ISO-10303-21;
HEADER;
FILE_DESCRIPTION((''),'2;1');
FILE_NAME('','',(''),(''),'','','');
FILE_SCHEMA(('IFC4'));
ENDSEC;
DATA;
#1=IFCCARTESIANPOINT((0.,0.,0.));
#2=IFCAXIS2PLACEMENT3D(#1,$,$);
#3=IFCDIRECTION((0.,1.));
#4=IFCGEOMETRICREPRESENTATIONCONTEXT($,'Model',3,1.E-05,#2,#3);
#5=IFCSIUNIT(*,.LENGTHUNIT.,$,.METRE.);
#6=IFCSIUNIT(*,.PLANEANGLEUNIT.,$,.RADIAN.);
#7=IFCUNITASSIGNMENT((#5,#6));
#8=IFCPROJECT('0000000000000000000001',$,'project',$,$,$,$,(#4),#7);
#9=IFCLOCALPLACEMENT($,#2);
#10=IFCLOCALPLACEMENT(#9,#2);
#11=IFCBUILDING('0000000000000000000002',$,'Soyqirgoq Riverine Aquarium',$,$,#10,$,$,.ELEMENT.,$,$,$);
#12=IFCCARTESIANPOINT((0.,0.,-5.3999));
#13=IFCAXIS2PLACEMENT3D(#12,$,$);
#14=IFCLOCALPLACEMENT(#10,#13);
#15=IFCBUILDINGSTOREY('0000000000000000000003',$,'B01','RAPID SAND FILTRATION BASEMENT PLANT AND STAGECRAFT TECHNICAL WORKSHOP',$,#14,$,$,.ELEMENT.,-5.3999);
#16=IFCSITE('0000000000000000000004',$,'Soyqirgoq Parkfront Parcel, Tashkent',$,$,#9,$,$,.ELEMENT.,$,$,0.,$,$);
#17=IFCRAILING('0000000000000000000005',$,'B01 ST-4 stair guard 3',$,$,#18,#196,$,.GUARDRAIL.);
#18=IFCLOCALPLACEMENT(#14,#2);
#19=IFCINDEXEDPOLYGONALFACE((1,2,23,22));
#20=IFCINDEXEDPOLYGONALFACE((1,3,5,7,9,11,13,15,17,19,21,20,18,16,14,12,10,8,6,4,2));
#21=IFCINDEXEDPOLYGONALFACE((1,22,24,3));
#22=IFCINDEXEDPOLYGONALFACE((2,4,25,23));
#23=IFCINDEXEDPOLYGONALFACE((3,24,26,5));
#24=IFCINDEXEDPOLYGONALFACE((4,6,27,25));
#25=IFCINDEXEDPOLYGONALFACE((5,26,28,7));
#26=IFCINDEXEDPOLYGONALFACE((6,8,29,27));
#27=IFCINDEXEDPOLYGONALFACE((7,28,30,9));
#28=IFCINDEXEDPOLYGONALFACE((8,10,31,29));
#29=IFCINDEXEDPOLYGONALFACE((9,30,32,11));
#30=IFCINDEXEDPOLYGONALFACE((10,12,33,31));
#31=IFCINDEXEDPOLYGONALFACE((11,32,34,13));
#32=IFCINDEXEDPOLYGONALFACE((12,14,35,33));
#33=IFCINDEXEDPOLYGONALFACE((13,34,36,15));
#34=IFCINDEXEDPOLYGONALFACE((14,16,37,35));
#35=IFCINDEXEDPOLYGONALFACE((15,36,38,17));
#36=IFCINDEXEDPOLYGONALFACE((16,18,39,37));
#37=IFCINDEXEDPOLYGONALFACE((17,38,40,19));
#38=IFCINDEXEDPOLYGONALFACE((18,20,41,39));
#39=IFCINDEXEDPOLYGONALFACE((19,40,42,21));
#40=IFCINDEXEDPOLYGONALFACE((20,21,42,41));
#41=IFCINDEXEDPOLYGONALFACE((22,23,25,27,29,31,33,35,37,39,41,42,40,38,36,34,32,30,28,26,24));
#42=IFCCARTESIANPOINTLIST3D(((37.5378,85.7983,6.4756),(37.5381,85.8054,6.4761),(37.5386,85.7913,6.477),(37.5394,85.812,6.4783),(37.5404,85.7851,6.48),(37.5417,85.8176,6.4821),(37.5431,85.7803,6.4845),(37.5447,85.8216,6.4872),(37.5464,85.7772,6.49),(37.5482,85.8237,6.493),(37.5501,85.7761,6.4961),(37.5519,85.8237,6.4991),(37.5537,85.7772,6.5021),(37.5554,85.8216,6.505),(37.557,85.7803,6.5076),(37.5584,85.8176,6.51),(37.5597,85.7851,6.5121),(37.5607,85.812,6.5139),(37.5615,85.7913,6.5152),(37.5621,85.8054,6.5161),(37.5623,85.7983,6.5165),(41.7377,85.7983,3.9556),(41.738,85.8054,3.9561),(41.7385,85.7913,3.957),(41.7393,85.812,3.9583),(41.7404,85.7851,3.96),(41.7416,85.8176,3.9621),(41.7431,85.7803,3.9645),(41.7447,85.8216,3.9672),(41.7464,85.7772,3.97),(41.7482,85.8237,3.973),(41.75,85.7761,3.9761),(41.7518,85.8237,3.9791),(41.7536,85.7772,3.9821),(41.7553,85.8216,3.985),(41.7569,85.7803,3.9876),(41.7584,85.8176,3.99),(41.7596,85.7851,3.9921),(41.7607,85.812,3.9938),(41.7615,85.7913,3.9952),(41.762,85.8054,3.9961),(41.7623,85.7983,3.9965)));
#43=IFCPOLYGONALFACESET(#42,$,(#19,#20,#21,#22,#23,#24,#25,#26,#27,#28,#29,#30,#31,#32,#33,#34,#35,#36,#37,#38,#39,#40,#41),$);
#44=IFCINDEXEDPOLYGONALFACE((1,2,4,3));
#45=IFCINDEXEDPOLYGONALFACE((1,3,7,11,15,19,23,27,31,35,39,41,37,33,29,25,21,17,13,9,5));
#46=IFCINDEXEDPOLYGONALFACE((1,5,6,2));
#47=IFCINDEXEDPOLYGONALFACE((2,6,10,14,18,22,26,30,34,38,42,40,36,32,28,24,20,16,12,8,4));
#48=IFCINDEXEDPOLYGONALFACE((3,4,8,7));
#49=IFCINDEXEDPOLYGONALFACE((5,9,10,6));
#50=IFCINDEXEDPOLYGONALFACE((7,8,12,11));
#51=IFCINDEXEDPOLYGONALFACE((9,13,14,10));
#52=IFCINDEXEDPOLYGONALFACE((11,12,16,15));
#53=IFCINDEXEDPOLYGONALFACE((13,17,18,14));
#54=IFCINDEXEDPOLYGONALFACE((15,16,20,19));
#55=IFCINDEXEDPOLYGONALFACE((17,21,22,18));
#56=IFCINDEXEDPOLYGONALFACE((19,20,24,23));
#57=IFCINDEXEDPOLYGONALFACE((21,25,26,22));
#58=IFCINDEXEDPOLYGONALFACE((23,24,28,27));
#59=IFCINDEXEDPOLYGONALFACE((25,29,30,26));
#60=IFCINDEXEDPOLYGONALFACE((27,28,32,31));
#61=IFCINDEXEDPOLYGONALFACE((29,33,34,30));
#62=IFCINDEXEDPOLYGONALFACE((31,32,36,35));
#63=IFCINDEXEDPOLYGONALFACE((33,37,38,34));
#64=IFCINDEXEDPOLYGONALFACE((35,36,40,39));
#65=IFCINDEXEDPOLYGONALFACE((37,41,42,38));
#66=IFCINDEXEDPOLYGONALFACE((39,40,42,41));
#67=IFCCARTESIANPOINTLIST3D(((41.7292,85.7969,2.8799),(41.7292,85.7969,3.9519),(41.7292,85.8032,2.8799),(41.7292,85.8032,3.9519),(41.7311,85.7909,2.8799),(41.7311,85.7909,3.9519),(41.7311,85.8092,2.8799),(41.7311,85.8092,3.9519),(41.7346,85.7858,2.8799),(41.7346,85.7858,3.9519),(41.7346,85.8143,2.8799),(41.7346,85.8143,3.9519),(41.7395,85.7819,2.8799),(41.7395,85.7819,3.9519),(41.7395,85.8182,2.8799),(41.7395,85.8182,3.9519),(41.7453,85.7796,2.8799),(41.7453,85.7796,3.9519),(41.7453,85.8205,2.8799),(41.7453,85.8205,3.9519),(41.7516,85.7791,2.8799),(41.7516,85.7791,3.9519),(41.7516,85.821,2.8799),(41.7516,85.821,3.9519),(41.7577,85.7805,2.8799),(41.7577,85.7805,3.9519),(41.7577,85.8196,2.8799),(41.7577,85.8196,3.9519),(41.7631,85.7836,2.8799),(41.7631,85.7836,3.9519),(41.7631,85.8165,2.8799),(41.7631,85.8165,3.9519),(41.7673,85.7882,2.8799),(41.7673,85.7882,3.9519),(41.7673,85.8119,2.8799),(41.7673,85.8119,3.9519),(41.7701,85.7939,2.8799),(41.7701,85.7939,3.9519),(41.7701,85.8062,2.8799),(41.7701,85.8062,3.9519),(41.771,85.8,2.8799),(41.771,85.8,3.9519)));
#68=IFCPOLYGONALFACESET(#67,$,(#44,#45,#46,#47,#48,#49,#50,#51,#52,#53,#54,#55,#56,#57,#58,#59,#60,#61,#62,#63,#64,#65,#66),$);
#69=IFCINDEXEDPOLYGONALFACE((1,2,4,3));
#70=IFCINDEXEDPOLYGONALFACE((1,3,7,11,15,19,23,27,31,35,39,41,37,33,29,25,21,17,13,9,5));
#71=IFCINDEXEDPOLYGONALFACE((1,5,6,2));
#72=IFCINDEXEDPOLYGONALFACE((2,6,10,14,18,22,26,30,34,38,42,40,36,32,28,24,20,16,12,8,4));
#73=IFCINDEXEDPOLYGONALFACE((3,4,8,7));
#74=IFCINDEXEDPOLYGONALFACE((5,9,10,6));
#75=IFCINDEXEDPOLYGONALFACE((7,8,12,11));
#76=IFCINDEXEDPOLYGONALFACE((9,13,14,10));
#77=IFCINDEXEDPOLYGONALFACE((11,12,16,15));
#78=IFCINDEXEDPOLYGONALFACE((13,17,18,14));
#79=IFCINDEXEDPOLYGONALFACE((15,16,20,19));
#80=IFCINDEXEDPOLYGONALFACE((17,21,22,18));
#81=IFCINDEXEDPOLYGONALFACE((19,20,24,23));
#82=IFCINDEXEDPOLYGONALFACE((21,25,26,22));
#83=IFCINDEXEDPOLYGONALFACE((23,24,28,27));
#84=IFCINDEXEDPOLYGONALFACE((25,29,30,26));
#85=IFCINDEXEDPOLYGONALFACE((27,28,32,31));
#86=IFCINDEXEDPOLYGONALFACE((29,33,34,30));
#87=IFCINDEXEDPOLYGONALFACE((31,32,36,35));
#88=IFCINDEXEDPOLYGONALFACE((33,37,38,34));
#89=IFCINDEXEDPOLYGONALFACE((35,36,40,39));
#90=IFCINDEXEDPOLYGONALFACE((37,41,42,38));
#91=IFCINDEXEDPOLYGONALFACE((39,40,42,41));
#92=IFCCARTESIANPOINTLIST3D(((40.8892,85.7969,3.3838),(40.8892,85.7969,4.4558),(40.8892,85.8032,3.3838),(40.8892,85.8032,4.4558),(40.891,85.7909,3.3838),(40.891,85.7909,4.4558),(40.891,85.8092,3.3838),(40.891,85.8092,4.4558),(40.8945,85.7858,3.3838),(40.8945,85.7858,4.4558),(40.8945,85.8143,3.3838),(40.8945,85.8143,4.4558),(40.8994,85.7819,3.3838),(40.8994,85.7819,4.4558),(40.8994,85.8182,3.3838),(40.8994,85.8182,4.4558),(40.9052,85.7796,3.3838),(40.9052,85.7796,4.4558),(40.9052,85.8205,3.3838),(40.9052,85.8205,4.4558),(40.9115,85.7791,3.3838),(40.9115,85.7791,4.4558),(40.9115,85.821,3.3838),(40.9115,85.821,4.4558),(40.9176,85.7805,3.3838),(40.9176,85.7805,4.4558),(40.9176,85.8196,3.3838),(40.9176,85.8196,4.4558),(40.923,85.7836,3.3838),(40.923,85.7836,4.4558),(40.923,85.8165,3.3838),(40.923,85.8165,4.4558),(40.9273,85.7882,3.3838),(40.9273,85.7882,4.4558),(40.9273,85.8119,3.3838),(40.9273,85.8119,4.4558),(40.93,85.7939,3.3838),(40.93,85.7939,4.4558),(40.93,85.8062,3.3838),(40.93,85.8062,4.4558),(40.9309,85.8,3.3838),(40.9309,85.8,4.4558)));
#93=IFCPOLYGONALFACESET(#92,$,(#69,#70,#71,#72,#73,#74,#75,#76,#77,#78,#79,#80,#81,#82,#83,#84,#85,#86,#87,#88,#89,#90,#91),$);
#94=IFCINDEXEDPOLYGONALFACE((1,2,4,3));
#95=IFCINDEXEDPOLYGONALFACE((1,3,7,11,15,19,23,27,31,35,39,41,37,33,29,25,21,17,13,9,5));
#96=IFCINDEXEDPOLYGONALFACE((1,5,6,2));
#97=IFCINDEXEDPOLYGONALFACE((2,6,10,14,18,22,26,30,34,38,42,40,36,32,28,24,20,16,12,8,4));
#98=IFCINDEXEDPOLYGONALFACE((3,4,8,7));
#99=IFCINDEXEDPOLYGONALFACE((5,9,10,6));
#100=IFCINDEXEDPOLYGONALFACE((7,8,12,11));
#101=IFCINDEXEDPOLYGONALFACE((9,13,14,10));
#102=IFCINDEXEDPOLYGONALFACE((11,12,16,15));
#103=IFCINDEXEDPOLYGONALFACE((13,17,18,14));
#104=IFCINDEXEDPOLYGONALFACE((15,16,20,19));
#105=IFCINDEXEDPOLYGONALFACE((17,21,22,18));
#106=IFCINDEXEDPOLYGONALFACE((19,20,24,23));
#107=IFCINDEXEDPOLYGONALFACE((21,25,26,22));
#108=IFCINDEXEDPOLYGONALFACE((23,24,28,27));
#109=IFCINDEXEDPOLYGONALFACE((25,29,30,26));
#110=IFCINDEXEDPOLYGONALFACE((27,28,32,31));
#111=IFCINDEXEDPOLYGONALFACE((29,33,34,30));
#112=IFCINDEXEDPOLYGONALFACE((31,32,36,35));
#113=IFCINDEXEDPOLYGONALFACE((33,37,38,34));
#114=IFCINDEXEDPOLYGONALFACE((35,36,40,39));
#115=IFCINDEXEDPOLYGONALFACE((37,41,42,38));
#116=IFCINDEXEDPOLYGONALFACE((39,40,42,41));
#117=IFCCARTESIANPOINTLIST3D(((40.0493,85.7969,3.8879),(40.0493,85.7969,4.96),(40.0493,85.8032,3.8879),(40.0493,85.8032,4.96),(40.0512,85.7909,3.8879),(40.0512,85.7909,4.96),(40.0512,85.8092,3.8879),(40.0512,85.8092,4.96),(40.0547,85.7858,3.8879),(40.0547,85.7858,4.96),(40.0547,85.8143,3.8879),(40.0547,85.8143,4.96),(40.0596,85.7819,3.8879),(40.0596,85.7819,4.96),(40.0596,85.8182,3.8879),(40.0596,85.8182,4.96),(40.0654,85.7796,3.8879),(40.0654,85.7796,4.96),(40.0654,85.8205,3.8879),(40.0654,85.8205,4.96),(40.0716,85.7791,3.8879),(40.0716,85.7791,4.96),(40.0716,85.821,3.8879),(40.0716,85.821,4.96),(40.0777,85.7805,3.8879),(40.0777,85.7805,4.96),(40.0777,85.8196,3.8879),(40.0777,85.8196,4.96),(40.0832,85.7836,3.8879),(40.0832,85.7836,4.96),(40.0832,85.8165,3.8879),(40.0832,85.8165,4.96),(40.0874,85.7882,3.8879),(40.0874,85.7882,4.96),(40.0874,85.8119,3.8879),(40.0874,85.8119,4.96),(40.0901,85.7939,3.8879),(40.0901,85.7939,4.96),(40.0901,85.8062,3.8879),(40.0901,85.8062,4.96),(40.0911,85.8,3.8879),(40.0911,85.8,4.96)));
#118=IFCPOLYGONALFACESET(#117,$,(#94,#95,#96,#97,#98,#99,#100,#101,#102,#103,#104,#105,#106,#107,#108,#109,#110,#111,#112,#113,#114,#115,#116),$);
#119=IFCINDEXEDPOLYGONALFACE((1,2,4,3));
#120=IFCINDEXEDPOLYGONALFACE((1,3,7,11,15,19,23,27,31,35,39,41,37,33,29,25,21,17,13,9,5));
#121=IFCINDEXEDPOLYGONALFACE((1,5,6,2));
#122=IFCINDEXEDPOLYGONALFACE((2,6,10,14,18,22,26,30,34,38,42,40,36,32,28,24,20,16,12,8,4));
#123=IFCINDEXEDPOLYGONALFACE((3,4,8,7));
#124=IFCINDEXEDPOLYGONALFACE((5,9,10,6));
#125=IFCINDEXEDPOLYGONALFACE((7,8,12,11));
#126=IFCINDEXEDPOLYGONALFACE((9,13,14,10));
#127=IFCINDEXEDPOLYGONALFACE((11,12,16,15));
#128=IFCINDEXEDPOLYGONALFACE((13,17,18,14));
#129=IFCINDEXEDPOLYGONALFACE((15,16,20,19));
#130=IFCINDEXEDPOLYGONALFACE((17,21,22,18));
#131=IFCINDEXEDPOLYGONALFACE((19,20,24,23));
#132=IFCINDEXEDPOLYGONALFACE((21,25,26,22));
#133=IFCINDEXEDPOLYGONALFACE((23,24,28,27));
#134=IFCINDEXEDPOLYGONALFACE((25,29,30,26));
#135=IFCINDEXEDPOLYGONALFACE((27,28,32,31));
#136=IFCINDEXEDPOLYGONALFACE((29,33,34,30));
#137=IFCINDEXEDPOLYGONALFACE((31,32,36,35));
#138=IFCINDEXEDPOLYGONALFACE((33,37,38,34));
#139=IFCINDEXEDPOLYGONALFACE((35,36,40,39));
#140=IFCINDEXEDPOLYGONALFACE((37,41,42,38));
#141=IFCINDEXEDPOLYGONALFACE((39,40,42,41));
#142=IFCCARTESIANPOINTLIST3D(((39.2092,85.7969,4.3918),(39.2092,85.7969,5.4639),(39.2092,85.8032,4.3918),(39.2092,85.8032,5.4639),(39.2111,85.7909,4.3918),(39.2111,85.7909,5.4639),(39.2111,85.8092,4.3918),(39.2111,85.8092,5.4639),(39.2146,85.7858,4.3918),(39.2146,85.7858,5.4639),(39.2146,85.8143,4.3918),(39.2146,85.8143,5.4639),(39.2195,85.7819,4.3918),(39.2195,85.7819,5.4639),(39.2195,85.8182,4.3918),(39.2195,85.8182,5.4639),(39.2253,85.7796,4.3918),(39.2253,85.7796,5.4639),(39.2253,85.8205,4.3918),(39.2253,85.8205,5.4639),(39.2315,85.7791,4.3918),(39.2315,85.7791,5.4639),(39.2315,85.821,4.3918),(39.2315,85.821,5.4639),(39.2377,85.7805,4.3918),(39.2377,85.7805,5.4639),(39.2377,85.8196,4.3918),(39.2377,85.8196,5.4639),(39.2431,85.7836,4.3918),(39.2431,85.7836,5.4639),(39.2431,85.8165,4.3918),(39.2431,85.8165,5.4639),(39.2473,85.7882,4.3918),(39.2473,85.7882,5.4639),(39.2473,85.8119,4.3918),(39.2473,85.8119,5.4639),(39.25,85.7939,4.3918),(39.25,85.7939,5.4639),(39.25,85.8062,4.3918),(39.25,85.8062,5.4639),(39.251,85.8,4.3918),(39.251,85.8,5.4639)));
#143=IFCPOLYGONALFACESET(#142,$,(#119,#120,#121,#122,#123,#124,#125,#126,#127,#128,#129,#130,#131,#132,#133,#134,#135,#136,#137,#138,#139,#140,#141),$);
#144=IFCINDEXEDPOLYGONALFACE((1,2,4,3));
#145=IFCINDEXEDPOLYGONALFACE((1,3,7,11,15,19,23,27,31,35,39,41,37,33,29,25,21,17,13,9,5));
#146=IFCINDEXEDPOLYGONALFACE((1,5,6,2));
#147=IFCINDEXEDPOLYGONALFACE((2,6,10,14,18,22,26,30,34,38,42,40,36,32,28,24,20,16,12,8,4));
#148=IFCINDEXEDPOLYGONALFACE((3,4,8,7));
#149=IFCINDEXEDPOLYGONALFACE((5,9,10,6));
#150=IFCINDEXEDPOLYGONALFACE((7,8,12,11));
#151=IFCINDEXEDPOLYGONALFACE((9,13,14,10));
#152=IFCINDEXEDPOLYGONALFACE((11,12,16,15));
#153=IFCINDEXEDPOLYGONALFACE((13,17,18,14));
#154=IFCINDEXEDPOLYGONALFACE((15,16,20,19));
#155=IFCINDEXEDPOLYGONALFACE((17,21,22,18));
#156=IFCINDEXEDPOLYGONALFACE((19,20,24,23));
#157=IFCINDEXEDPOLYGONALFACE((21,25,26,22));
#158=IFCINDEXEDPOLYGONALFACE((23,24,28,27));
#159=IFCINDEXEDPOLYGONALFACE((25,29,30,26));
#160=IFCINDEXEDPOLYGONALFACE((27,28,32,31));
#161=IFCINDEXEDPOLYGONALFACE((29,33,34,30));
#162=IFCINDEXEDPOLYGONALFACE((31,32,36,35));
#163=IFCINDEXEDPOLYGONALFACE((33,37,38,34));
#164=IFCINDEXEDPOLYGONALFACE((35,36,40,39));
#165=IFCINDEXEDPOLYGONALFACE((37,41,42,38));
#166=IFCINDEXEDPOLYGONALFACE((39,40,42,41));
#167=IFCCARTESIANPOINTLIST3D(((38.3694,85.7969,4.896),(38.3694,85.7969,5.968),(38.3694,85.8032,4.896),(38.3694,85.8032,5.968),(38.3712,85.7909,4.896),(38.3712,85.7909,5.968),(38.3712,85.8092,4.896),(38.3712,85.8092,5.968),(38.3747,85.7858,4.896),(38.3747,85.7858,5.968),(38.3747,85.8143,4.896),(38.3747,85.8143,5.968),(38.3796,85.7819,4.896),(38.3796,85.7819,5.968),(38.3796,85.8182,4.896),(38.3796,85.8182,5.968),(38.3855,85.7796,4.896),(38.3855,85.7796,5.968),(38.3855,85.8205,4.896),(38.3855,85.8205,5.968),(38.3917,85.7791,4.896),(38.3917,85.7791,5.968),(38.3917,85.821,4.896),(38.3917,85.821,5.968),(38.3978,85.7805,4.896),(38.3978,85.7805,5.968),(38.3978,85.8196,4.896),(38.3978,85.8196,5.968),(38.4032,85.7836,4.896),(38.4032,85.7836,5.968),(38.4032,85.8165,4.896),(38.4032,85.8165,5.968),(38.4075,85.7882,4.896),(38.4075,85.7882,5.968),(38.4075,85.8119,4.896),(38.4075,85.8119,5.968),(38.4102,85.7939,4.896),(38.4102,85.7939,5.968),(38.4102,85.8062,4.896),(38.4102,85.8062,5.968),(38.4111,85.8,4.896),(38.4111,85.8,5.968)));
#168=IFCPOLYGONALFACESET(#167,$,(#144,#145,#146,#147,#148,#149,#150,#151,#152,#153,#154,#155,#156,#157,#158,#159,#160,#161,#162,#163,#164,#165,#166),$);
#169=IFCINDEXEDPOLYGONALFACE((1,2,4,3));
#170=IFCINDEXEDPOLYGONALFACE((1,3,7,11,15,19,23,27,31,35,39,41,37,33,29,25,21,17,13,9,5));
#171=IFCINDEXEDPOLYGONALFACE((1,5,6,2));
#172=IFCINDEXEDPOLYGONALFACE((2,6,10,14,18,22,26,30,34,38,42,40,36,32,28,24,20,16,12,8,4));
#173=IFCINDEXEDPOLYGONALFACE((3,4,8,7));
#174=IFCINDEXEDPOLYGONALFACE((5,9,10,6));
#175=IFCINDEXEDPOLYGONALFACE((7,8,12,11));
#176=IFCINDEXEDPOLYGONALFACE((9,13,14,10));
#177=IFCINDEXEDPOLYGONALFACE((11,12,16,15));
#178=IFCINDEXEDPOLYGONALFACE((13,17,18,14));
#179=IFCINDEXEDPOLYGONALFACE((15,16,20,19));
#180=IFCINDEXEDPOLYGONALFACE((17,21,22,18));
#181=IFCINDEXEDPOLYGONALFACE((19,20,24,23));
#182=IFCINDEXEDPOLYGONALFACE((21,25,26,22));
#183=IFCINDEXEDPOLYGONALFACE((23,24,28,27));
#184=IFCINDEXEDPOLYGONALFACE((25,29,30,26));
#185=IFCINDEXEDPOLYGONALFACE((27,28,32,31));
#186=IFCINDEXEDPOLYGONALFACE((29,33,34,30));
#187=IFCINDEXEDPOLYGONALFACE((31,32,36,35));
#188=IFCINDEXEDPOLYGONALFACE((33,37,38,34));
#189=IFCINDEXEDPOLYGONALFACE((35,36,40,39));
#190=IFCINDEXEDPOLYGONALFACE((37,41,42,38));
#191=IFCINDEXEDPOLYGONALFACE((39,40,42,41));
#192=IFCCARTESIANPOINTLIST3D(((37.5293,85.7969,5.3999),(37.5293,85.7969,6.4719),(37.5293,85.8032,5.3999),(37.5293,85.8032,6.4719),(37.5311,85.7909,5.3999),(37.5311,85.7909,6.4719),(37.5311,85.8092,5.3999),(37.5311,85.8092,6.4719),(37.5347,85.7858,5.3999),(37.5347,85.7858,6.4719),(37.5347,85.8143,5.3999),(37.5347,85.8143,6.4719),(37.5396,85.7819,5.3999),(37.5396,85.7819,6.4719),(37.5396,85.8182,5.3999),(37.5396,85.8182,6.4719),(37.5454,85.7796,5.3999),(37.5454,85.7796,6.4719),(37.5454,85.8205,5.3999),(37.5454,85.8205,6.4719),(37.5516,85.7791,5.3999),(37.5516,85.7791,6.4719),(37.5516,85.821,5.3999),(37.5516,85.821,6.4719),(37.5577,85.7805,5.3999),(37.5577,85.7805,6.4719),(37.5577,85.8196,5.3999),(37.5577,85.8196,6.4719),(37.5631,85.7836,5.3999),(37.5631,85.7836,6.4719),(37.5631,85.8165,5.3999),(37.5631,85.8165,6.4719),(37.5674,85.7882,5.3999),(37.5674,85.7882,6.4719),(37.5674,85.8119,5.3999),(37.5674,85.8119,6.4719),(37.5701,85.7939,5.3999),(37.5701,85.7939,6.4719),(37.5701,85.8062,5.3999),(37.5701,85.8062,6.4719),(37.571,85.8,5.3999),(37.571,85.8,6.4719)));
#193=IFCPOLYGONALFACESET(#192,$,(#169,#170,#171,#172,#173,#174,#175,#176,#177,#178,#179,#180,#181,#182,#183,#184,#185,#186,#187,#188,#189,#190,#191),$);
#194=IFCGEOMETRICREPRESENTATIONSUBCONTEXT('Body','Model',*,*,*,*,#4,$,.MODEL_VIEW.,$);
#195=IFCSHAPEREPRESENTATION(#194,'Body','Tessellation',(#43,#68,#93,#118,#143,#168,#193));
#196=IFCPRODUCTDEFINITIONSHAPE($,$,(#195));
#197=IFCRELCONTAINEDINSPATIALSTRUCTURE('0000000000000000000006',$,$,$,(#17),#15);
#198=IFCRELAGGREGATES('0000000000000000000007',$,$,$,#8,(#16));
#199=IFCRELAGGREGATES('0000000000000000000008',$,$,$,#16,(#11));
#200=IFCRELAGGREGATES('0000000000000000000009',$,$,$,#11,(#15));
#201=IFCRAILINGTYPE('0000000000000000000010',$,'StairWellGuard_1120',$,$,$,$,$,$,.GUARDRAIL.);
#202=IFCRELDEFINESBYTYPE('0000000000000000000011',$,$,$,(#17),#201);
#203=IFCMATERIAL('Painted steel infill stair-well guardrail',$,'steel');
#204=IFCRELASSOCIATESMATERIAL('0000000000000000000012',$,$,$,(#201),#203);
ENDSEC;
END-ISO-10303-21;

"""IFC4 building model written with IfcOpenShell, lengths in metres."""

from ifc_helpers import new_model, si_unit, direction, frame, origin, origin_2d, place, context, subcontext, project, spatial, circle, extrude, material, type_object, element, save


model = new_model("IFC4")

# Units and contexts
model_context = context("Model", 3, precision=1e-05, world=origin(), true_north=direction((0.0, 1.0)))
body_context = subcontext(model_context, "Body", "Model", "MODEL_VIEW")
ifc_project = project(units=[si_unit("LENGTHUNIT", "METRE"), si_unit("PLANEANGLEUNIT", "RADIAN")], contexts=[model_context])

# Site, building, storey
site_placement = place(None, origin())
site = spatial("IfcSite", under=ifc_project, at=site_placement, Name="Soyqirgoq Parkfront Parcel, Tashkent", CompositionType="ELEMENT", RefElevation=0.0)
building_placement = place(site_placement, origin())
building = spatial("IfcBuilding", under=site, at=building_placement, Name="Soyqirgoq Riverine Aquarium", CompositionType="ELEMENT")
storey_placement = place(building_placement, frame((0.0, 0.0, -5.3999)))
storey = spatial("IfcBuildingStorey", under=building, at=storey_placement, Name="B01", Description="RAPID SAND FILTRATION BASEMENT PLANT AND STAGECRAFT TECHNICAL WORKSHOP", CompositionType="ELEMENT", Elevation=-5.3999)

# Railing
ifc_material_1 = material(Name="Painted steel infill stair-well guardrail", Category="steel")
railing_type_1 = type_object("IfcRailingType", Name="StairWellGuard_1120", PredefinedType="GUARDRAIL", material=ifc_material_1)
railing_1_placement = place(storey_placement, frame((41.75, 85.8, 2.8799)))
element("IfcRailing", 1, at=railing_1_placement, inside=storey, type_object=railing_type_1, Name="B01 ST-4 stair guard 3", PredefinedType="GUARDRAIL", context=body_context, shape_type="SweptSolid", body=[
    extrude(circle(Radius=0.0239, at=origin_2d()), frame((0.0, 0.0, 1.0962), z_axis=(-0.857489, 0.0, 0.514503), x_axis=(0.0, -1.0, 0.0)), (0.0, 0.0, 1.0), 4.8979),
    extrude(circle(Radius=0.021, at=origin_2d()), origin(), (0.0, 0.0, 1.0), 1.072),
    extrude(circle(Radius=0.021, at=origin_2d()), frame((-0.8401, 0.0, 0.5039)), (0.0, 0.0, 1.0), 1.072),
    extrude(circle(Radius=0.021, at=origin_2d()), frame((-1.6799, 0.0, 1.0081)), (0.0, 0.0, 1.0), 1.072),
    extrude(circle(Radius=0.021, at=origin_2d()), frame((-2.52, 0.0, 1.512)), (0.0, 0.0, 1.0), 1.072),
    extrude(circle(Radius=0.021, at=origin_2d()), frame((-3.3599, 0.0, 2.0161)), (0.0, 0.0, 1.0), 1.072),
    extrude(circle(Radius=0.021, at=origin_2d()), frame((-4.2, 0.0, 2.52)), (0.0, 0.0, 1.0), 1.072),
])

save(model, "model.ifc")
